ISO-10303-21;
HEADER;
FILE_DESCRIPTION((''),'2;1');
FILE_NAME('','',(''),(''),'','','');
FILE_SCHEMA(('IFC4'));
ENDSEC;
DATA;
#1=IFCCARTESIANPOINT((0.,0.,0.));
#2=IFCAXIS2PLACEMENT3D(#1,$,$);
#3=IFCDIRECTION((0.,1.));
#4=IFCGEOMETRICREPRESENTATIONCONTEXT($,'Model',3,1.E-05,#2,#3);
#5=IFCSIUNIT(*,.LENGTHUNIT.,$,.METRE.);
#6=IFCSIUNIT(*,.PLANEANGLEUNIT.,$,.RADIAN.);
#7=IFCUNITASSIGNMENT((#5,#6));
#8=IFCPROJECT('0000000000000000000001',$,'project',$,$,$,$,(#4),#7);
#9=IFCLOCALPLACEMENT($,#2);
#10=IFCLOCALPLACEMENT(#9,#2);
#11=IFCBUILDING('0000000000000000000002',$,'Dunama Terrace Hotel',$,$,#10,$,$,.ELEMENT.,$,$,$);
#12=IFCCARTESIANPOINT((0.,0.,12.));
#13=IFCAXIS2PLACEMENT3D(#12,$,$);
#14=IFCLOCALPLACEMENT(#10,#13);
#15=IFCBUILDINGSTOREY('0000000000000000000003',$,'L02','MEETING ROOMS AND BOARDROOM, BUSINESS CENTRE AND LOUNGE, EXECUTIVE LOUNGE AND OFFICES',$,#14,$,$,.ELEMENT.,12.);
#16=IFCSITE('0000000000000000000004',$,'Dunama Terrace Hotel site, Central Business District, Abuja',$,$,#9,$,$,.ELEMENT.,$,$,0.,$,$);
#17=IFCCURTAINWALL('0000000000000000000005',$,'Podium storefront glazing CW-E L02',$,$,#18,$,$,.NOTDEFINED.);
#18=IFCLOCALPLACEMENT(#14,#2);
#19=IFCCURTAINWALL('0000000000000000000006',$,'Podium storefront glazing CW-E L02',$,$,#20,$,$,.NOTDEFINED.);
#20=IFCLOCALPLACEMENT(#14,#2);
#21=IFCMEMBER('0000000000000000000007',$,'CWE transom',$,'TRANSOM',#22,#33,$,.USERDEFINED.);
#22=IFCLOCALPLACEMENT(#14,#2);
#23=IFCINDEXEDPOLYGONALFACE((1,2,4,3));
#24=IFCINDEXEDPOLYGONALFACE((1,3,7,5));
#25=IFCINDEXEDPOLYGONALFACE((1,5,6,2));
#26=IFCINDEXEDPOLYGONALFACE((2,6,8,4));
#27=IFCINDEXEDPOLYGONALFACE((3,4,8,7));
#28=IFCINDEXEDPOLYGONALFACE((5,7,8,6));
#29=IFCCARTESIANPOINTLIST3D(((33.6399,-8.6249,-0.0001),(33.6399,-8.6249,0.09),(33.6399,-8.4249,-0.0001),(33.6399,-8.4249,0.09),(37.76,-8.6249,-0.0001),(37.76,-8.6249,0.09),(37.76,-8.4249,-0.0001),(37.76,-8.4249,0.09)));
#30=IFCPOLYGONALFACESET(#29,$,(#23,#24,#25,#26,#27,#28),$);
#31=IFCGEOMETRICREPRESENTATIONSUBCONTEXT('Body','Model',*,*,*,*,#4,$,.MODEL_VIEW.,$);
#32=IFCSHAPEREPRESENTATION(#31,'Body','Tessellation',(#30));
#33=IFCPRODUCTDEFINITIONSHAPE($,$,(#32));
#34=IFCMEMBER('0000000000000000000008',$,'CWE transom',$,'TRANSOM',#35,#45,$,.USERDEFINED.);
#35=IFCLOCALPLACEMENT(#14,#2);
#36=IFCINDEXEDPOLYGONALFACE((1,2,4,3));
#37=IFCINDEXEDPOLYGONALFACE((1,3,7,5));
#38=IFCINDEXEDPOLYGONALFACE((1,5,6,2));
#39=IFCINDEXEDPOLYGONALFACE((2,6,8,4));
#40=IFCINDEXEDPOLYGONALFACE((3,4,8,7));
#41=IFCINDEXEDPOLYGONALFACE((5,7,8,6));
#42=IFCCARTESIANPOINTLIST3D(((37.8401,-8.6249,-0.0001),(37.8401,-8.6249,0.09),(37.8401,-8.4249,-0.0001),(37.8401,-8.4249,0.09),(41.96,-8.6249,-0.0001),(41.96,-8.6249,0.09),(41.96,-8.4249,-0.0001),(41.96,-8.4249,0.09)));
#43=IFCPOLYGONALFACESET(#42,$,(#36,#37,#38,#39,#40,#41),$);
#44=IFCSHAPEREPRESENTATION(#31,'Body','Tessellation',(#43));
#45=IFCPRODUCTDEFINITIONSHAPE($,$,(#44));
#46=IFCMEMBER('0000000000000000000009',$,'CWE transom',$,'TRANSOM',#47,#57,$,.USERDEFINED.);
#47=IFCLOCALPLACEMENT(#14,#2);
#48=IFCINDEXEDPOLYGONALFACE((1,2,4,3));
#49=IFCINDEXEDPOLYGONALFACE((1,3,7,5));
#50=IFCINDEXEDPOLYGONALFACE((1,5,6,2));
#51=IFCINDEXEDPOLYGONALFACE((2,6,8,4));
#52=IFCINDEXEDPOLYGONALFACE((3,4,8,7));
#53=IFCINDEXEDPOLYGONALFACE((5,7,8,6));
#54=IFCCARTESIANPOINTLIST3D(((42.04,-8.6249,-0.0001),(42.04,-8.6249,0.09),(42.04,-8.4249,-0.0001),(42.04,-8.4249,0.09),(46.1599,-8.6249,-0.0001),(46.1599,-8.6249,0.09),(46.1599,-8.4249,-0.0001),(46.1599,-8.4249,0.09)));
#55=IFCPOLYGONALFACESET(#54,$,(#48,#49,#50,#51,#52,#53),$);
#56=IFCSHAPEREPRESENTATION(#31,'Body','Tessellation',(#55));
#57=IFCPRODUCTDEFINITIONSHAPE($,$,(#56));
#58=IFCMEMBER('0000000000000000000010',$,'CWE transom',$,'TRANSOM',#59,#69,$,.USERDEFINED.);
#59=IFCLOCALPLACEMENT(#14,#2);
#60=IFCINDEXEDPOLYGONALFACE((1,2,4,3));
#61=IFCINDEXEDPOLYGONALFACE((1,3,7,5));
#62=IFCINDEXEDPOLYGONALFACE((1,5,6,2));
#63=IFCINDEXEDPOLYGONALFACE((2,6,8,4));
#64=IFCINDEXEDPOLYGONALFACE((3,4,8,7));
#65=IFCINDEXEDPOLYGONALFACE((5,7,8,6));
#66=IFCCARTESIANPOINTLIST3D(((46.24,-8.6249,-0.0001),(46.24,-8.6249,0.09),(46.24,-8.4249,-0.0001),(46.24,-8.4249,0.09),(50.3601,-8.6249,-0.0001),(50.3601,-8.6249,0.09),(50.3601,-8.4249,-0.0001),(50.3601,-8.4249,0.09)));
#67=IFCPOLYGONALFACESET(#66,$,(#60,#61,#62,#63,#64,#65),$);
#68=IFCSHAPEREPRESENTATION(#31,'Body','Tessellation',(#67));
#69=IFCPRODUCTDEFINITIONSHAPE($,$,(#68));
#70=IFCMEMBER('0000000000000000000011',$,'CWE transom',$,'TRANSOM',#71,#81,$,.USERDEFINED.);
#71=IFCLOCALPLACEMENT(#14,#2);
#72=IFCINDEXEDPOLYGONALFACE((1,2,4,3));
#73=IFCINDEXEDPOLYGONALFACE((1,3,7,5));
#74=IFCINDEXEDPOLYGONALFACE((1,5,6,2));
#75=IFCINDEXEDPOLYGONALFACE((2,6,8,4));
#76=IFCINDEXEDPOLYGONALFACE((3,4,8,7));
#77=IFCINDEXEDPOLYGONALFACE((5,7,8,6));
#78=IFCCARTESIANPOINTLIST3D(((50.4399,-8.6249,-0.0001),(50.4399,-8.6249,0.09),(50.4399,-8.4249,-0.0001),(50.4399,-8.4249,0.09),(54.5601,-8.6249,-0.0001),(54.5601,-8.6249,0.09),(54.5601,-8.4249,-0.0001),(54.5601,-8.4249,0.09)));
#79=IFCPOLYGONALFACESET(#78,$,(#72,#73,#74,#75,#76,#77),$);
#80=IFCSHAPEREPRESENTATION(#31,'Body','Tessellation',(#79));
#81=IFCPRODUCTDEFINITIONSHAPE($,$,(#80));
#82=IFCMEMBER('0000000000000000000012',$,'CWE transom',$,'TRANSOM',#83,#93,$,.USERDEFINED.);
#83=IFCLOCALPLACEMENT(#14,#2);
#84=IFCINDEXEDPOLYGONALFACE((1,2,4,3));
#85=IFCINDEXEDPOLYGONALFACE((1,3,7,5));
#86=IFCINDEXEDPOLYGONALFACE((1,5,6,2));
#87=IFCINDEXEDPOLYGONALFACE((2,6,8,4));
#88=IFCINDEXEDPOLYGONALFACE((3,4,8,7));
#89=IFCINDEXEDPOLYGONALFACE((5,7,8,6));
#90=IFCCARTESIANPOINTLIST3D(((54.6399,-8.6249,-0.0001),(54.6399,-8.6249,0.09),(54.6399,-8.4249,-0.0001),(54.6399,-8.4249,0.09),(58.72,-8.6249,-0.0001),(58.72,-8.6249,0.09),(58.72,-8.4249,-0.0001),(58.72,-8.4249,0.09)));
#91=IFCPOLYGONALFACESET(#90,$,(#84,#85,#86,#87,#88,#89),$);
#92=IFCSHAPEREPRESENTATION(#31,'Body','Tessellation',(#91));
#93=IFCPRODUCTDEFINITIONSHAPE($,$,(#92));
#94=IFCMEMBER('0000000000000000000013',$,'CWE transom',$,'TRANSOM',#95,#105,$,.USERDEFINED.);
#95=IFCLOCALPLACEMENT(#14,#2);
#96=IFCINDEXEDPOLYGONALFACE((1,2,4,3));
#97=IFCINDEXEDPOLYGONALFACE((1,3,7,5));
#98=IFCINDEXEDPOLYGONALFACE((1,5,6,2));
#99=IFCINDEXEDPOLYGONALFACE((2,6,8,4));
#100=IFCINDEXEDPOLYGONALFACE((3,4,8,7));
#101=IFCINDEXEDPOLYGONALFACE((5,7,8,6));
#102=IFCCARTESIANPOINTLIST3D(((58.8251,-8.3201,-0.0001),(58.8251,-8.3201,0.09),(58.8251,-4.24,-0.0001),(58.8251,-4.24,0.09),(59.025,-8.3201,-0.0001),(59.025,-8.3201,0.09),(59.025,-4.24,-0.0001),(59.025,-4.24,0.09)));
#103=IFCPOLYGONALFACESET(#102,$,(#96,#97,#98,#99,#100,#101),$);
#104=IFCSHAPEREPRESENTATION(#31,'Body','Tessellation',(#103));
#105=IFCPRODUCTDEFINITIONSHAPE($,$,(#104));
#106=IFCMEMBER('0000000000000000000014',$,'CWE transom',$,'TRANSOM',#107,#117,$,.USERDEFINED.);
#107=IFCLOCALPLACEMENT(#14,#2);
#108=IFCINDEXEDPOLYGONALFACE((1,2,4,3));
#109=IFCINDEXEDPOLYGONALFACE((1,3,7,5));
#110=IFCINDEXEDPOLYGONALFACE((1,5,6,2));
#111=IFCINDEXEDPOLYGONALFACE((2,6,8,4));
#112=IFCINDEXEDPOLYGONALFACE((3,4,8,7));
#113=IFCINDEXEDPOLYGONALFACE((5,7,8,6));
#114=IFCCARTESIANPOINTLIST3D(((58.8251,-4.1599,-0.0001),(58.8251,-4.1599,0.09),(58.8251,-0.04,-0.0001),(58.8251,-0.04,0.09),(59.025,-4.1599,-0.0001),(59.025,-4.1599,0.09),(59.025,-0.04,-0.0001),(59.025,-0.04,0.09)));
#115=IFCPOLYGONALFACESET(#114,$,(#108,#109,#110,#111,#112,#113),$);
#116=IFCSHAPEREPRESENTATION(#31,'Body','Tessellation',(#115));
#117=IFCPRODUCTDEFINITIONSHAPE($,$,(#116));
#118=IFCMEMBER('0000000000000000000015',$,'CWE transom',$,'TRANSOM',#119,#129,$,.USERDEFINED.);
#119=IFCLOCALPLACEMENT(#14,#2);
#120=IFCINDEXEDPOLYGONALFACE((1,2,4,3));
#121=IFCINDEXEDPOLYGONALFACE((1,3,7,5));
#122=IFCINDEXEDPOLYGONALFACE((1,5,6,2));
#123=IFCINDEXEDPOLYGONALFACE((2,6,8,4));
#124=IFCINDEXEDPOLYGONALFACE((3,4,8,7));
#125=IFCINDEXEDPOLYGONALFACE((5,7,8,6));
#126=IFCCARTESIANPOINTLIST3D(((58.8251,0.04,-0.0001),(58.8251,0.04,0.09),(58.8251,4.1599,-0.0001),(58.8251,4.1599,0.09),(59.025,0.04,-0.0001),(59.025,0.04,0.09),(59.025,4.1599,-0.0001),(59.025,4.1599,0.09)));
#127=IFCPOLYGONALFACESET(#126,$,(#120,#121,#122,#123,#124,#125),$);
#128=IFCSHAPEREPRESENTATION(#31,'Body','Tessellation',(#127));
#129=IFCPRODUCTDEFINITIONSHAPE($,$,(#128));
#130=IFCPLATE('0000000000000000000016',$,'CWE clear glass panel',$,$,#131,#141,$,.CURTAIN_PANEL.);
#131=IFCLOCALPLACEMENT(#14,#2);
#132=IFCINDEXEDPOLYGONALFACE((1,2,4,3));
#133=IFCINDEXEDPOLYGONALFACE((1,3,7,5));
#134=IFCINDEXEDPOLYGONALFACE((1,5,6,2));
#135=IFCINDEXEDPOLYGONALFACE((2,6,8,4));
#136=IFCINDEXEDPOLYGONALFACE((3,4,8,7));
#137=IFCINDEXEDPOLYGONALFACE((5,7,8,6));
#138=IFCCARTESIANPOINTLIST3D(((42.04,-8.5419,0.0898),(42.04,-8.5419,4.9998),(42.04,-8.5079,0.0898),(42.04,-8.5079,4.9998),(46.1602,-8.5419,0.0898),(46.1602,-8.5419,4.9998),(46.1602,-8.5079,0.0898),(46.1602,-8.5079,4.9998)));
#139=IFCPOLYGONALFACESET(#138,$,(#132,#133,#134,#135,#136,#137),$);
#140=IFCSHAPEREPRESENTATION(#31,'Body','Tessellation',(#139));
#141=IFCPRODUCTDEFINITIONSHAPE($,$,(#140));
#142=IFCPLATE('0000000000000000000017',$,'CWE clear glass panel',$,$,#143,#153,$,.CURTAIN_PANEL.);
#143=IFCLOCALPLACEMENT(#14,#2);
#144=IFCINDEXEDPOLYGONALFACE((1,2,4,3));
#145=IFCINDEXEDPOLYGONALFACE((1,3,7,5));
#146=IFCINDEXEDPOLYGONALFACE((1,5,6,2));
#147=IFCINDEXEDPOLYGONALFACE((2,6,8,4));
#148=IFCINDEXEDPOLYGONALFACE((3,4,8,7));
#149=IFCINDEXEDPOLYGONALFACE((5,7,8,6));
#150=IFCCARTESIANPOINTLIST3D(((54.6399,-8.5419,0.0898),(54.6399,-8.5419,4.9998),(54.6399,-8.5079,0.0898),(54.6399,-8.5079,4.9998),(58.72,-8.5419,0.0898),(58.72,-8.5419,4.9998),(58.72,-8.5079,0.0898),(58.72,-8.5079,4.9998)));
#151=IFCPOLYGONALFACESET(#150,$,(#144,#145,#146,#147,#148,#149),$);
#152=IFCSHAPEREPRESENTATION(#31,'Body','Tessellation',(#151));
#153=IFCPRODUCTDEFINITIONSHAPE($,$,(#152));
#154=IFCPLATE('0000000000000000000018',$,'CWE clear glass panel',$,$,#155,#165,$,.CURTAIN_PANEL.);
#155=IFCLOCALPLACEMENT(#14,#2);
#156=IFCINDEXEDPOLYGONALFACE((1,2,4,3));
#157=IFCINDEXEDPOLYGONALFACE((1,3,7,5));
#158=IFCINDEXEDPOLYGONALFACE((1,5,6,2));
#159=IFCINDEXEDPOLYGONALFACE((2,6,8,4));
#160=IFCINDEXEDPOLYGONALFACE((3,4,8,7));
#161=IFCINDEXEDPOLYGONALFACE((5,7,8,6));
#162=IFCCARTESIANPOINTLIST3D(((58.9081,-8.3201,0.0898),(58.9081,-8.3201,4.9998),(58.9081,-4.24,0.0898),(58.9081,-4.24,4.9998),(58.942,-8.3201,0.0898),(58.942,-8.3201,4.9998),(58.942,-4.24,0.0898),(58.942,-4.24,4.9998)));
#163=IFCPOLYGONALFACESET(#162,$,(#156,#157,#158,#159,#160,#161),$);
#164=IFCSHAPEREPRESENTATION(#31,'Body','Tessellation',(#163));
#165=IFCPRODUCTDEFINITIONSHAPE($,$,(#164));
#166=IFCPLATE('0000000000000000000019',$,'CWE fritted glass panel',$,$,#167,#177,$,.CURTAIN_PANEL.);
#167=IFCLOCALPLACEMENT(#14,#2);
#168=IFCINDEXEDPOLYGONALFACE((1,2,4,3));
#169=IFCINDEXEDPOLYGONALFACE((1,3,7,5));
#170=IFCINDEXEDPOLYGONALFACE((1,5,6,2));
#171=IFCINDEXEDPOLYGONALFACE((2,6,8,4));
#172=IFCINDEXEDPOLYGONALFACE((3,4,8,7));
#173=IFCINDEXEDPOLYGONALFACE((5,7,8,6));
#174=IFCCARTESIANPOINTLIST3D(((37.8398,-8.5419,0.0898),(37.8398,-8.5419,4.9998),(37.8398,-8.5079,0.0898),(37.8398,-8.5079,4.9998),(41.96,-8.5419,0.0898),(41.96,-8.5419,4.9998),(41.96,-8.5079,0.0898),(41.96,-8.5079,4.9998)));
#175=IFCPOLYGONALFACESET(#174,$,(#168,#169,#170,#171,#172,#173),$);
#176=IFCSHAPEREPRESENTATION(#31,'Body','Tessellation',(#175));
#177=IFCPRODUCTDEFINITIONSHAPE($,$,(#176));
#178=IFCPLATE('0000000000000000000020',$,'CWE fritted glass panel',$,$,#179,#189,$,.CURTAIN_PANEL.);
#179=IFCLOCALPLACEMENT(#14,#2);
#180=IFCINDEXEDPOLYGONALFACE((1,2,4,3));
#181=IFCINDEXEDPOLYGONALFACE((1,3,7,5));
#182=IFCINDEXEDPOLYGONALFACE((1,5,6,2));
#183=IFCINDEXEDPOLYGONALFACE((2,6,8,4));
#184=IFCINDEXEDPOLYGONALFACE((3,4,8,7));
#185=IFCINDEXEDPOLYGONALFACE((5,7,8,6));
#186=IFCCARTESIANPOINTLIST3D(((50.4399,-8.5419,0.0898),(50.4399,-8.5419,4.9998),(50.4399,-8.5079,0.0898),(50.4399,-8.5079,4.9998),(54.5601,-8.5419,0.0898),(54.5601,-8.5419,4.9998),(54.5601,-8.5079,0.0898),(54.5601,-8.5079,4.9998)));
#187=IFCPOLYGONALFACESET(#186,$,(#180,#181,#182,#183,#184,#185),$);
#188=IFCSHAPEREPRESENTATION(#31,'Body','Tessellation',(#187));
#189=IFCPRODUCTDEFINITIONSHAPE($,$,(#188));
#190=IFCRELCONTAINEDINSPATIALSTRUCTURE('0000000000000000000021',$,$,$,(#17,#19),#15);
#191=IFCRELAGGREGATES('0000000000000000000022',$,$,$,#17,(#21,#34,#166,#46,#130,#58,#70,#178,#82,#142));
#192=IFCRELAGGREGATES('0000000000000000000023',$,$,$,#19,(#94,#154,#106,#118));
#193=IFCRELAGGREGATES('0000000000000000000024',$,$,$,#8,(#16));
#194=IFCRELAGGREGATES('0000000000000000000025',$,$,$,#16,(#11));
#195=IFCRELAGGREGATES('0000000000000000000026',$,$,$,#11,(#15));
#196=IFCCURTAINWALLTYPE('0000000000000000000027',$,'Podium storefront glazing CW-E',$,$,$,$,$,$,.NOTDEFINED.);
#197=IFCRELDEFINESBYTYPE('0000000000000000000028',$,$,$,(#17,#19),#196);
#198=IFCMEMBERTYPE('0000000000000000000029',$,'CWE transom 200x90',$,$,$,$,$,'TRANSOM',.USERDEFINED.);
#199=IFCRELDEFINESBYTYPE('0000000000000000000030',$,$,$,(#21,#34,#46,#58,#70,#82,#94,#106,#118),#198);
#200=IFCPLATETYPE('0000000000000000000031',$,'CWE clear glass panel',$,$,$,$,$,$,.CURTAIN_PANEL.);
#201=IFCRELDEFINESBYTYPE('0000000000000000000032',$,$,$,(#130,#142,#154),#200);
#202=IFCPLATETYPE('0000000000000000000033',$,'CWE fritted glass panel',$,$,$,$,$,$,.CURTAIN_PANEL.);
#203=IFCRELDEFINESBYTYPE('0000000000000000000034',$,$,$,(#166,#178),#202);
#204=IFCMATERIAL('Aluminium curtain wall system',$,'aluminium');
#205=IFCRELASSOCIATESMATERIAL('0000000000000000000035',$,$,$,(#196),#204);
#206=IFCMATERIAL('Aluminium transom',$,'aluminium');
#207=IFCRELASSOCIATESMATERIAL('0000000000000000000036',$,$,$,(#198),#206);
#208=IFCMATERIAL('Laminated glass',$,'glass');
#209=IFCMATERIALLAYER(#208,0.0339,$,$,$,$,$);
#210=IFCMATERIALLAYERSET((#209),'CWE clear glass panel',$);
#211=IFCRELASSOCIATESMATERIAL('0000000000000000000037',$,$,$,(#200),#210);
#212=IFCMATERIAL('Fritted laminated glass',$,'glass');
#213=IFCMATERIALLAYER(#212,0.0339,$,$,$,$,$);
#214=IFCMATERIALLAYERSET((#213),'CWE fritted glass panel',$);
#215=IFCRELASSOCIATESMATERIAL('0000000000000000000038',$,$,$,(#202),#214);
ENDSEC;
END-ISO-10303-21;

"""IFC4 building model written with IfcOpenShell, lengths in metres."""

from ifc_helpers import new_model, si_unit, direction, frame, origin, origin_2d, place, context, subcontext, project, spatial, rectangle, extrude, material, layer, layer_set, material_profile, profile_set, type_object, element, aggregate, save


model = new_model("IFC4")

# Units and contexts
model_context = context("Model", 3, precision=1e-05, world=origin(), true_north=direction((0.0, 1.0)))
body_context = subcontext(model_context, "Body", "Model", "MODEL_VIEW")
ifc_project = project(units=[si_unit("LENGTHUNIT", "METRE"), si_unit("PLANEANGLEUNIT", "RADIAN")], contexts=[model_context])

# Site, building, storey
site_placement = place(None, origin())
site = spatial("IfcSite", under=ifc_project, at=site_placement, Name="Dunama Terrace Hotel site, Central Business District, Abuja", CompositionType="ELEMENT", RefElevation=0.0)
building_placement = place(site_placement, origin())
building = spatial("IfcBuilding", under=site, at=building_placement, Name="Dunama Terrace Hotel", CompositionType="ELEMENT")
storey_placement = place(building_placement, frame((0.0, 0.0, 12.0)))
storey = spatial("IfcBuildingStorey", under=building, at=storey_placement, Name="L02", Description="MEETING ROOMS AND BOARDROOM, BUSINESS CENTRE AND LOUNGE, EXECUTIVE LOUNGE AND OFFICES", CompositionType="ELEMENT", Elevation=12.0)

# Curtain walls
ifc_material_1 = material(Name="Aluminium curtain wall system", Category="aluminium")
curtain_wall_type = type_object("IfcCurtainWallType", Name="Podium storefront glazing CW-E", PredefinedType="NOTDEFINED", material=ifc_material_1)
curtain_wall_1_placement = place(storey_placement, origin())
curtain_wall_1 = element("IfcCurtainWall", 1, at=curtain_wall_1_placement, inside=storey, type_object=curtain_wall_type, Name="Podium storefront glazing CW-E L02", PredefinedType="NOTDEFINED")
curtain_wall_2_placement = place(storey_placement, origin())
curtain_wall_2 = element("IfcCurtainWall", 2, at=curtain_wall_2_placement, inside=storey, type_object=curtain_wall_type, Name="Podium storefront glazing CW-E L02", PredefinedType="NOTDEFINED")

# Members
ifc_material_2 = material(Name="Aluminium transom", Category="aluminium")
ifc_material_profile_1 = material_profile(ifc_material_2, rectangle(XDim=0.2, YDim=0.0901, at=origin_2d()), Name="CWE TRANSOM 200X90")
ifc_profile_set_1 = profile_set([ifc_material_profile_1], Name="Aluminium transom")
member_type_1 = type_object("IfcMemberType", Name="CWE transom 200x90", ElementType="TRANSOM", PredefinedType="USERDEFINED", material=ifc_profile_set_1)
member_1_placement = place(storey_placement, frame((33.6399, -8.5249, 0.0449), z_axis=(1.0, 0.0, 0.0), x_axis=(0.0, 1.0, 0.0)))
member_1 = element("IfcMember", 3, at=member_1_placement, type_object=member_type_1, Name="CWE transom", ObjectType="TRANSOM", PredefinedType="USERDEFINED", context=body_context, shape_type="SweptSolid", body=[
    extrude(rectangle(XDim=0.2, YDim=0.0901, at=origin_2d()), origin(), (0.0, 0.0, 1.0), 4.1201),
])
member_2_placement = place(storey_placement, frame((37.8401, -8.5249, 0.0449), z_axis=(1.0, 0.0, 0.0), x_axis=(0.0, 1.0, 0.0)))
member_2 = element("IfcMember", 4, at=member_2_placement, type_object=member_type_1, Name="CWE transom", ObjectType="TRANSOM", PredefinedType="USERDEFINED", context=body_context, shape_type="SweptSolid", body=[
    extrude(rectangle(XDim=0.2, YDim=0.0901, at=origin_2d()), origin(), (0.0, 0.0, 1.0), 4.1199),
])
member_3_placement = place(storey_placement, frame((42.04, -8.5249, 0.0449), z_axis=(1.0, 0.0, 0.0), x_axis=(0.0, 1.0, 0.0)))
member_3 = element("IfcMember", 5, at=member_3_placement, type_object=member_type_1, Name="CWE transom", ObjectType="TRANSOM", PredefinedType="USERDEFINED", context=body_context, shape_type="SweptSolid", body=[
    extrude(rectangle(XDim=0.2, YDim=0.0901, at=origin_2d()), origin(), (0.0, 0.0, 1.0), 4.1199),
])
member_4_placement = place(storey_placement, frame((46.24, -8.5249, 0.0449), z_axis=(1.0, 0.0, 0.0), x_axis=(0.0, 1.0, 0.0)))
member_4 = element("IfcMember", 6, at=member_4_placement, type_object=member_type_1, Name="CWE transom", ObjectType="TRANSOM", PredefinedType="USERDEFINED", context=body_context, shape_type="SweptSolid", body=[
    extrude(rectangle(XDim=0.2, YDim=0.0901, at=origin_2d()), origin(), (0.0, 0.0, 1.0), 4.1201),
])
member_5_placement = place(storey_placement, frame((50.4399, -8.5249, 0.0449), z_axis=(1.0, 0.0, 0.0), x_axis=(0.0, 1.0, 0.0)))
member_5 = element("IfcMember", 7, at=member_5_placement, type_object=member_type_1, Name="CWE transom", ObjectType="TRANSOM", PredefinedType="USERDEFINED", context=body_context, shape_type="SweptSolid", body=[
    extrude(rectangle(XDim=0.2, YDim=0.0901, at=origin_2d()), origin(), (0.0, 0.0, 1.0), 4.1201),
])
member_6_placement = place(storey_placement, frame((54.6399, -8.5249, 0.0449), z_axis=(1.0, 0.0, 0.0), x_axis=(0.0, 1.0, 0.0)))
member_6 = element("IfcMember", 8, at=member_6_placement, type_object=member_type_1, Name="CWE transom", ObjectType="TRANSOM", PredefinedType="USERDEFINED", context=body_context, shape_type="SweptSolid", body=[
    extrude(rectangle(XDim=0.2, YDim=0.0901, at=origin_2d()), origin(), (0.0, 0.0, 1.0), 4.0801),
])
member_7_placement = place(storey_placement, frame((58.925, -8.3201, 0.0449), z_axis=(0.0, 1.0, 0.0), x_axis=(-1.0, 0.0, 0.0)))
member_7 = element("IfcMember", 9, at=member_7_placement, type_object=member_type_1, Name="CWE transom", ObjectType="TRANSOM", PredefinedType="USERDEFINED", context=body_context, shape_type="SweptSolid", body=[
    extrude(rectangle(XDim=0.2, YDim=0.0901, at=origin_2d()), origin(), (0.0, 0.0, 1.0), 4.0801),
])
member_8_placement = place(storey_placement, frame((58.925, -4.1599, 0.0449), z_axis=(0.0, 1.0, 0.0), x_axis=(-1.0, 0.0, 0.0)))
member_8 = element("IfcMember", 10, at=member_8_placement, type_object=member_type_1, Name="CWE transom", ObjectType="TRANSOM", PredefinedType="USERDEFINED", context=body_context, shape_type="SweptSolid", body=[
    extrude(rectangle(XDim=0.2, YDim=0.0901, at=origin_2d()), origin(), (0.0, 0.0, 1.0), 4.1199),
])
member_9_placement = place(storey_placement, frame((58.925, 0.04, 0.0449), z_axis=(0.0, 1.0, 0.0), x_axis=(-1.0, 0.0, 0.0)))
member_9 = element("IfcMember", 11, at=member_9_placement, type_object=member_type_1, Name="CWE transom", ObjectType="TRANSOM", PredefinedType="USERDEFINED", context=body_context, shape_type="SweptSolid", body=[
    extrude(rectangle(XDim=0.2, YDim=0.0901, at=origin_2d()), origin(), (0.0, 0.0, 1.0), 4.1199),
])

# Plates
ifc_material_3 = material(Name="Laminated glass", Category="glass")
ifc_layer_1 = layer(ifc_material_3, 0.0339)
ifc_layer_set_1 = layer_set([ifc_layer_1], Name="CWE clear glass panel")
plate_type_1 = type_object("IfcPlateType", Name="CWE clear glass panel", PredefinedType="CURTAIN_PANEL", material=ifc_layer_set_1)
plate_1_placement = place(storey_placement, frame((44.1001, -8.5249, 0.0898), z_axis=(0.0, 0.0, 1.0), x_axis=(1.0, 0.0, 0.0)))
plate_1 = element("IfcPlate", 12, at=plate_1_placement, type_object=plate_type_1, Name="CWE clear glass panel", PredefinedType="CURTAIN_PANEL", context=body_context, shape_type="SweptSolid", body=[
    extrude(rectangle(XDim=4.1201, YDim=0.0339, at=origin_2d()), origin(), (0.0, 0.0, 1.0), 4.9099),
])
plate_2_placement = place(storey_placement, frame((56.6799, -8.5249, 0.0898), z_axis=(0.0, 0.0, 1.0), x_axis=(1.0, 0.0, 0.0)))
plate_2 = element("IfcPlate", 13, at=plate_2_placement, type_object=plate_type_1, Name="CWE clear glass panel", PredefinedType="CURTAIN_PANEL", context=body_context, shape_type="SweptSolid", body=[
    extrude(rectangle(XDim=4.0801, YDim=0.0339, at=origin_2d()), origin(), (0.0, 0.0, 1.0), 4.9099),
])
plate_3_placement = place(storey_placement, frame((58.925, -6.28, 0.0898), z_axis=(0.0, 0.0, 1.0), x_axis=(0.0, 1.0, 0.0)))
plate_3 = element("IfcPlate", 14, at=plate_3_placement, type_object=plate_type_1, Name="CWE clear glass panel", PredefinedType="CURTAIN_PANEL", context=body_context, shape_type="SweptSolid", body=[
    extrude(rectangle(XDim=4.0801, YDim=0.0339, at=origin_2d()), origin(), (0.0, 0.0, 1.0), 4.9099),
])
ifc_material_4 = material(Name="Fritted laminated glass", Category="glass")
ifc_layer_2 = layer(ifc_material_4, 0.0339)
ifc_layer_set_2 = layer_set([ifc_layer_2], Name="CWE fritted glass panel")
plate_type_2 = type_object("IfcPlateType", Name="CWE fritted glass panel", PredefinedType="CURTAIN_PANEL", material=ifc_layer_set_2)
plate_4_placement = place(storey_placement, frame((39.8999, -8.5249, 0.0898), z_axis=(0.0, 0.0, 1.0), x_axis=(1.0, 0.0, 0.0)))
plate_4 = element("IfcPlate", 15, at=plate_4_placement, type_object=plate_type_2, Name="CWE fritted glass panel", PredefinedType="CURTAIN_PANEL", context=body_context, shape_type="SweptSolid", body=[
    extrude(rectangle(XDim=4.1201, YDim=0.0339, at=origin_2d()), origin(), (0.0, 0.0, 1.0), 4.9099),
])
plate_5_placement = place(storey_placement, frame((52.5, -8.5249, 0.0898), z_axis=(0.0, 0.0, 1.0), x_axis=(1.0, 0.0, 0.0)))
plate_5 = element("IfcPlate", 16, at=plate_5_placement, type_object=plate_type_2, Name="CWE fritted glass panel", PredefinedType="CURTAIN_PANEL", context=body_context, shape_type="SweptSolid", body=[
    extrude(rectangle(XDim=4.1201, YDim=0.0339, at=origin_2d()), origin(), (0.0, 0.0, 1.0), 4.9099),
])
aggregate(curtain_wall_1, [member_1, member_2, plate_4, member_3, plate_1, member_4, member_5, plate_5, member_6, plate_2])
aggregate(curtain_wall_2, [member_7, plate_3, member_8, member_9])

save(model, "model.ifc")
